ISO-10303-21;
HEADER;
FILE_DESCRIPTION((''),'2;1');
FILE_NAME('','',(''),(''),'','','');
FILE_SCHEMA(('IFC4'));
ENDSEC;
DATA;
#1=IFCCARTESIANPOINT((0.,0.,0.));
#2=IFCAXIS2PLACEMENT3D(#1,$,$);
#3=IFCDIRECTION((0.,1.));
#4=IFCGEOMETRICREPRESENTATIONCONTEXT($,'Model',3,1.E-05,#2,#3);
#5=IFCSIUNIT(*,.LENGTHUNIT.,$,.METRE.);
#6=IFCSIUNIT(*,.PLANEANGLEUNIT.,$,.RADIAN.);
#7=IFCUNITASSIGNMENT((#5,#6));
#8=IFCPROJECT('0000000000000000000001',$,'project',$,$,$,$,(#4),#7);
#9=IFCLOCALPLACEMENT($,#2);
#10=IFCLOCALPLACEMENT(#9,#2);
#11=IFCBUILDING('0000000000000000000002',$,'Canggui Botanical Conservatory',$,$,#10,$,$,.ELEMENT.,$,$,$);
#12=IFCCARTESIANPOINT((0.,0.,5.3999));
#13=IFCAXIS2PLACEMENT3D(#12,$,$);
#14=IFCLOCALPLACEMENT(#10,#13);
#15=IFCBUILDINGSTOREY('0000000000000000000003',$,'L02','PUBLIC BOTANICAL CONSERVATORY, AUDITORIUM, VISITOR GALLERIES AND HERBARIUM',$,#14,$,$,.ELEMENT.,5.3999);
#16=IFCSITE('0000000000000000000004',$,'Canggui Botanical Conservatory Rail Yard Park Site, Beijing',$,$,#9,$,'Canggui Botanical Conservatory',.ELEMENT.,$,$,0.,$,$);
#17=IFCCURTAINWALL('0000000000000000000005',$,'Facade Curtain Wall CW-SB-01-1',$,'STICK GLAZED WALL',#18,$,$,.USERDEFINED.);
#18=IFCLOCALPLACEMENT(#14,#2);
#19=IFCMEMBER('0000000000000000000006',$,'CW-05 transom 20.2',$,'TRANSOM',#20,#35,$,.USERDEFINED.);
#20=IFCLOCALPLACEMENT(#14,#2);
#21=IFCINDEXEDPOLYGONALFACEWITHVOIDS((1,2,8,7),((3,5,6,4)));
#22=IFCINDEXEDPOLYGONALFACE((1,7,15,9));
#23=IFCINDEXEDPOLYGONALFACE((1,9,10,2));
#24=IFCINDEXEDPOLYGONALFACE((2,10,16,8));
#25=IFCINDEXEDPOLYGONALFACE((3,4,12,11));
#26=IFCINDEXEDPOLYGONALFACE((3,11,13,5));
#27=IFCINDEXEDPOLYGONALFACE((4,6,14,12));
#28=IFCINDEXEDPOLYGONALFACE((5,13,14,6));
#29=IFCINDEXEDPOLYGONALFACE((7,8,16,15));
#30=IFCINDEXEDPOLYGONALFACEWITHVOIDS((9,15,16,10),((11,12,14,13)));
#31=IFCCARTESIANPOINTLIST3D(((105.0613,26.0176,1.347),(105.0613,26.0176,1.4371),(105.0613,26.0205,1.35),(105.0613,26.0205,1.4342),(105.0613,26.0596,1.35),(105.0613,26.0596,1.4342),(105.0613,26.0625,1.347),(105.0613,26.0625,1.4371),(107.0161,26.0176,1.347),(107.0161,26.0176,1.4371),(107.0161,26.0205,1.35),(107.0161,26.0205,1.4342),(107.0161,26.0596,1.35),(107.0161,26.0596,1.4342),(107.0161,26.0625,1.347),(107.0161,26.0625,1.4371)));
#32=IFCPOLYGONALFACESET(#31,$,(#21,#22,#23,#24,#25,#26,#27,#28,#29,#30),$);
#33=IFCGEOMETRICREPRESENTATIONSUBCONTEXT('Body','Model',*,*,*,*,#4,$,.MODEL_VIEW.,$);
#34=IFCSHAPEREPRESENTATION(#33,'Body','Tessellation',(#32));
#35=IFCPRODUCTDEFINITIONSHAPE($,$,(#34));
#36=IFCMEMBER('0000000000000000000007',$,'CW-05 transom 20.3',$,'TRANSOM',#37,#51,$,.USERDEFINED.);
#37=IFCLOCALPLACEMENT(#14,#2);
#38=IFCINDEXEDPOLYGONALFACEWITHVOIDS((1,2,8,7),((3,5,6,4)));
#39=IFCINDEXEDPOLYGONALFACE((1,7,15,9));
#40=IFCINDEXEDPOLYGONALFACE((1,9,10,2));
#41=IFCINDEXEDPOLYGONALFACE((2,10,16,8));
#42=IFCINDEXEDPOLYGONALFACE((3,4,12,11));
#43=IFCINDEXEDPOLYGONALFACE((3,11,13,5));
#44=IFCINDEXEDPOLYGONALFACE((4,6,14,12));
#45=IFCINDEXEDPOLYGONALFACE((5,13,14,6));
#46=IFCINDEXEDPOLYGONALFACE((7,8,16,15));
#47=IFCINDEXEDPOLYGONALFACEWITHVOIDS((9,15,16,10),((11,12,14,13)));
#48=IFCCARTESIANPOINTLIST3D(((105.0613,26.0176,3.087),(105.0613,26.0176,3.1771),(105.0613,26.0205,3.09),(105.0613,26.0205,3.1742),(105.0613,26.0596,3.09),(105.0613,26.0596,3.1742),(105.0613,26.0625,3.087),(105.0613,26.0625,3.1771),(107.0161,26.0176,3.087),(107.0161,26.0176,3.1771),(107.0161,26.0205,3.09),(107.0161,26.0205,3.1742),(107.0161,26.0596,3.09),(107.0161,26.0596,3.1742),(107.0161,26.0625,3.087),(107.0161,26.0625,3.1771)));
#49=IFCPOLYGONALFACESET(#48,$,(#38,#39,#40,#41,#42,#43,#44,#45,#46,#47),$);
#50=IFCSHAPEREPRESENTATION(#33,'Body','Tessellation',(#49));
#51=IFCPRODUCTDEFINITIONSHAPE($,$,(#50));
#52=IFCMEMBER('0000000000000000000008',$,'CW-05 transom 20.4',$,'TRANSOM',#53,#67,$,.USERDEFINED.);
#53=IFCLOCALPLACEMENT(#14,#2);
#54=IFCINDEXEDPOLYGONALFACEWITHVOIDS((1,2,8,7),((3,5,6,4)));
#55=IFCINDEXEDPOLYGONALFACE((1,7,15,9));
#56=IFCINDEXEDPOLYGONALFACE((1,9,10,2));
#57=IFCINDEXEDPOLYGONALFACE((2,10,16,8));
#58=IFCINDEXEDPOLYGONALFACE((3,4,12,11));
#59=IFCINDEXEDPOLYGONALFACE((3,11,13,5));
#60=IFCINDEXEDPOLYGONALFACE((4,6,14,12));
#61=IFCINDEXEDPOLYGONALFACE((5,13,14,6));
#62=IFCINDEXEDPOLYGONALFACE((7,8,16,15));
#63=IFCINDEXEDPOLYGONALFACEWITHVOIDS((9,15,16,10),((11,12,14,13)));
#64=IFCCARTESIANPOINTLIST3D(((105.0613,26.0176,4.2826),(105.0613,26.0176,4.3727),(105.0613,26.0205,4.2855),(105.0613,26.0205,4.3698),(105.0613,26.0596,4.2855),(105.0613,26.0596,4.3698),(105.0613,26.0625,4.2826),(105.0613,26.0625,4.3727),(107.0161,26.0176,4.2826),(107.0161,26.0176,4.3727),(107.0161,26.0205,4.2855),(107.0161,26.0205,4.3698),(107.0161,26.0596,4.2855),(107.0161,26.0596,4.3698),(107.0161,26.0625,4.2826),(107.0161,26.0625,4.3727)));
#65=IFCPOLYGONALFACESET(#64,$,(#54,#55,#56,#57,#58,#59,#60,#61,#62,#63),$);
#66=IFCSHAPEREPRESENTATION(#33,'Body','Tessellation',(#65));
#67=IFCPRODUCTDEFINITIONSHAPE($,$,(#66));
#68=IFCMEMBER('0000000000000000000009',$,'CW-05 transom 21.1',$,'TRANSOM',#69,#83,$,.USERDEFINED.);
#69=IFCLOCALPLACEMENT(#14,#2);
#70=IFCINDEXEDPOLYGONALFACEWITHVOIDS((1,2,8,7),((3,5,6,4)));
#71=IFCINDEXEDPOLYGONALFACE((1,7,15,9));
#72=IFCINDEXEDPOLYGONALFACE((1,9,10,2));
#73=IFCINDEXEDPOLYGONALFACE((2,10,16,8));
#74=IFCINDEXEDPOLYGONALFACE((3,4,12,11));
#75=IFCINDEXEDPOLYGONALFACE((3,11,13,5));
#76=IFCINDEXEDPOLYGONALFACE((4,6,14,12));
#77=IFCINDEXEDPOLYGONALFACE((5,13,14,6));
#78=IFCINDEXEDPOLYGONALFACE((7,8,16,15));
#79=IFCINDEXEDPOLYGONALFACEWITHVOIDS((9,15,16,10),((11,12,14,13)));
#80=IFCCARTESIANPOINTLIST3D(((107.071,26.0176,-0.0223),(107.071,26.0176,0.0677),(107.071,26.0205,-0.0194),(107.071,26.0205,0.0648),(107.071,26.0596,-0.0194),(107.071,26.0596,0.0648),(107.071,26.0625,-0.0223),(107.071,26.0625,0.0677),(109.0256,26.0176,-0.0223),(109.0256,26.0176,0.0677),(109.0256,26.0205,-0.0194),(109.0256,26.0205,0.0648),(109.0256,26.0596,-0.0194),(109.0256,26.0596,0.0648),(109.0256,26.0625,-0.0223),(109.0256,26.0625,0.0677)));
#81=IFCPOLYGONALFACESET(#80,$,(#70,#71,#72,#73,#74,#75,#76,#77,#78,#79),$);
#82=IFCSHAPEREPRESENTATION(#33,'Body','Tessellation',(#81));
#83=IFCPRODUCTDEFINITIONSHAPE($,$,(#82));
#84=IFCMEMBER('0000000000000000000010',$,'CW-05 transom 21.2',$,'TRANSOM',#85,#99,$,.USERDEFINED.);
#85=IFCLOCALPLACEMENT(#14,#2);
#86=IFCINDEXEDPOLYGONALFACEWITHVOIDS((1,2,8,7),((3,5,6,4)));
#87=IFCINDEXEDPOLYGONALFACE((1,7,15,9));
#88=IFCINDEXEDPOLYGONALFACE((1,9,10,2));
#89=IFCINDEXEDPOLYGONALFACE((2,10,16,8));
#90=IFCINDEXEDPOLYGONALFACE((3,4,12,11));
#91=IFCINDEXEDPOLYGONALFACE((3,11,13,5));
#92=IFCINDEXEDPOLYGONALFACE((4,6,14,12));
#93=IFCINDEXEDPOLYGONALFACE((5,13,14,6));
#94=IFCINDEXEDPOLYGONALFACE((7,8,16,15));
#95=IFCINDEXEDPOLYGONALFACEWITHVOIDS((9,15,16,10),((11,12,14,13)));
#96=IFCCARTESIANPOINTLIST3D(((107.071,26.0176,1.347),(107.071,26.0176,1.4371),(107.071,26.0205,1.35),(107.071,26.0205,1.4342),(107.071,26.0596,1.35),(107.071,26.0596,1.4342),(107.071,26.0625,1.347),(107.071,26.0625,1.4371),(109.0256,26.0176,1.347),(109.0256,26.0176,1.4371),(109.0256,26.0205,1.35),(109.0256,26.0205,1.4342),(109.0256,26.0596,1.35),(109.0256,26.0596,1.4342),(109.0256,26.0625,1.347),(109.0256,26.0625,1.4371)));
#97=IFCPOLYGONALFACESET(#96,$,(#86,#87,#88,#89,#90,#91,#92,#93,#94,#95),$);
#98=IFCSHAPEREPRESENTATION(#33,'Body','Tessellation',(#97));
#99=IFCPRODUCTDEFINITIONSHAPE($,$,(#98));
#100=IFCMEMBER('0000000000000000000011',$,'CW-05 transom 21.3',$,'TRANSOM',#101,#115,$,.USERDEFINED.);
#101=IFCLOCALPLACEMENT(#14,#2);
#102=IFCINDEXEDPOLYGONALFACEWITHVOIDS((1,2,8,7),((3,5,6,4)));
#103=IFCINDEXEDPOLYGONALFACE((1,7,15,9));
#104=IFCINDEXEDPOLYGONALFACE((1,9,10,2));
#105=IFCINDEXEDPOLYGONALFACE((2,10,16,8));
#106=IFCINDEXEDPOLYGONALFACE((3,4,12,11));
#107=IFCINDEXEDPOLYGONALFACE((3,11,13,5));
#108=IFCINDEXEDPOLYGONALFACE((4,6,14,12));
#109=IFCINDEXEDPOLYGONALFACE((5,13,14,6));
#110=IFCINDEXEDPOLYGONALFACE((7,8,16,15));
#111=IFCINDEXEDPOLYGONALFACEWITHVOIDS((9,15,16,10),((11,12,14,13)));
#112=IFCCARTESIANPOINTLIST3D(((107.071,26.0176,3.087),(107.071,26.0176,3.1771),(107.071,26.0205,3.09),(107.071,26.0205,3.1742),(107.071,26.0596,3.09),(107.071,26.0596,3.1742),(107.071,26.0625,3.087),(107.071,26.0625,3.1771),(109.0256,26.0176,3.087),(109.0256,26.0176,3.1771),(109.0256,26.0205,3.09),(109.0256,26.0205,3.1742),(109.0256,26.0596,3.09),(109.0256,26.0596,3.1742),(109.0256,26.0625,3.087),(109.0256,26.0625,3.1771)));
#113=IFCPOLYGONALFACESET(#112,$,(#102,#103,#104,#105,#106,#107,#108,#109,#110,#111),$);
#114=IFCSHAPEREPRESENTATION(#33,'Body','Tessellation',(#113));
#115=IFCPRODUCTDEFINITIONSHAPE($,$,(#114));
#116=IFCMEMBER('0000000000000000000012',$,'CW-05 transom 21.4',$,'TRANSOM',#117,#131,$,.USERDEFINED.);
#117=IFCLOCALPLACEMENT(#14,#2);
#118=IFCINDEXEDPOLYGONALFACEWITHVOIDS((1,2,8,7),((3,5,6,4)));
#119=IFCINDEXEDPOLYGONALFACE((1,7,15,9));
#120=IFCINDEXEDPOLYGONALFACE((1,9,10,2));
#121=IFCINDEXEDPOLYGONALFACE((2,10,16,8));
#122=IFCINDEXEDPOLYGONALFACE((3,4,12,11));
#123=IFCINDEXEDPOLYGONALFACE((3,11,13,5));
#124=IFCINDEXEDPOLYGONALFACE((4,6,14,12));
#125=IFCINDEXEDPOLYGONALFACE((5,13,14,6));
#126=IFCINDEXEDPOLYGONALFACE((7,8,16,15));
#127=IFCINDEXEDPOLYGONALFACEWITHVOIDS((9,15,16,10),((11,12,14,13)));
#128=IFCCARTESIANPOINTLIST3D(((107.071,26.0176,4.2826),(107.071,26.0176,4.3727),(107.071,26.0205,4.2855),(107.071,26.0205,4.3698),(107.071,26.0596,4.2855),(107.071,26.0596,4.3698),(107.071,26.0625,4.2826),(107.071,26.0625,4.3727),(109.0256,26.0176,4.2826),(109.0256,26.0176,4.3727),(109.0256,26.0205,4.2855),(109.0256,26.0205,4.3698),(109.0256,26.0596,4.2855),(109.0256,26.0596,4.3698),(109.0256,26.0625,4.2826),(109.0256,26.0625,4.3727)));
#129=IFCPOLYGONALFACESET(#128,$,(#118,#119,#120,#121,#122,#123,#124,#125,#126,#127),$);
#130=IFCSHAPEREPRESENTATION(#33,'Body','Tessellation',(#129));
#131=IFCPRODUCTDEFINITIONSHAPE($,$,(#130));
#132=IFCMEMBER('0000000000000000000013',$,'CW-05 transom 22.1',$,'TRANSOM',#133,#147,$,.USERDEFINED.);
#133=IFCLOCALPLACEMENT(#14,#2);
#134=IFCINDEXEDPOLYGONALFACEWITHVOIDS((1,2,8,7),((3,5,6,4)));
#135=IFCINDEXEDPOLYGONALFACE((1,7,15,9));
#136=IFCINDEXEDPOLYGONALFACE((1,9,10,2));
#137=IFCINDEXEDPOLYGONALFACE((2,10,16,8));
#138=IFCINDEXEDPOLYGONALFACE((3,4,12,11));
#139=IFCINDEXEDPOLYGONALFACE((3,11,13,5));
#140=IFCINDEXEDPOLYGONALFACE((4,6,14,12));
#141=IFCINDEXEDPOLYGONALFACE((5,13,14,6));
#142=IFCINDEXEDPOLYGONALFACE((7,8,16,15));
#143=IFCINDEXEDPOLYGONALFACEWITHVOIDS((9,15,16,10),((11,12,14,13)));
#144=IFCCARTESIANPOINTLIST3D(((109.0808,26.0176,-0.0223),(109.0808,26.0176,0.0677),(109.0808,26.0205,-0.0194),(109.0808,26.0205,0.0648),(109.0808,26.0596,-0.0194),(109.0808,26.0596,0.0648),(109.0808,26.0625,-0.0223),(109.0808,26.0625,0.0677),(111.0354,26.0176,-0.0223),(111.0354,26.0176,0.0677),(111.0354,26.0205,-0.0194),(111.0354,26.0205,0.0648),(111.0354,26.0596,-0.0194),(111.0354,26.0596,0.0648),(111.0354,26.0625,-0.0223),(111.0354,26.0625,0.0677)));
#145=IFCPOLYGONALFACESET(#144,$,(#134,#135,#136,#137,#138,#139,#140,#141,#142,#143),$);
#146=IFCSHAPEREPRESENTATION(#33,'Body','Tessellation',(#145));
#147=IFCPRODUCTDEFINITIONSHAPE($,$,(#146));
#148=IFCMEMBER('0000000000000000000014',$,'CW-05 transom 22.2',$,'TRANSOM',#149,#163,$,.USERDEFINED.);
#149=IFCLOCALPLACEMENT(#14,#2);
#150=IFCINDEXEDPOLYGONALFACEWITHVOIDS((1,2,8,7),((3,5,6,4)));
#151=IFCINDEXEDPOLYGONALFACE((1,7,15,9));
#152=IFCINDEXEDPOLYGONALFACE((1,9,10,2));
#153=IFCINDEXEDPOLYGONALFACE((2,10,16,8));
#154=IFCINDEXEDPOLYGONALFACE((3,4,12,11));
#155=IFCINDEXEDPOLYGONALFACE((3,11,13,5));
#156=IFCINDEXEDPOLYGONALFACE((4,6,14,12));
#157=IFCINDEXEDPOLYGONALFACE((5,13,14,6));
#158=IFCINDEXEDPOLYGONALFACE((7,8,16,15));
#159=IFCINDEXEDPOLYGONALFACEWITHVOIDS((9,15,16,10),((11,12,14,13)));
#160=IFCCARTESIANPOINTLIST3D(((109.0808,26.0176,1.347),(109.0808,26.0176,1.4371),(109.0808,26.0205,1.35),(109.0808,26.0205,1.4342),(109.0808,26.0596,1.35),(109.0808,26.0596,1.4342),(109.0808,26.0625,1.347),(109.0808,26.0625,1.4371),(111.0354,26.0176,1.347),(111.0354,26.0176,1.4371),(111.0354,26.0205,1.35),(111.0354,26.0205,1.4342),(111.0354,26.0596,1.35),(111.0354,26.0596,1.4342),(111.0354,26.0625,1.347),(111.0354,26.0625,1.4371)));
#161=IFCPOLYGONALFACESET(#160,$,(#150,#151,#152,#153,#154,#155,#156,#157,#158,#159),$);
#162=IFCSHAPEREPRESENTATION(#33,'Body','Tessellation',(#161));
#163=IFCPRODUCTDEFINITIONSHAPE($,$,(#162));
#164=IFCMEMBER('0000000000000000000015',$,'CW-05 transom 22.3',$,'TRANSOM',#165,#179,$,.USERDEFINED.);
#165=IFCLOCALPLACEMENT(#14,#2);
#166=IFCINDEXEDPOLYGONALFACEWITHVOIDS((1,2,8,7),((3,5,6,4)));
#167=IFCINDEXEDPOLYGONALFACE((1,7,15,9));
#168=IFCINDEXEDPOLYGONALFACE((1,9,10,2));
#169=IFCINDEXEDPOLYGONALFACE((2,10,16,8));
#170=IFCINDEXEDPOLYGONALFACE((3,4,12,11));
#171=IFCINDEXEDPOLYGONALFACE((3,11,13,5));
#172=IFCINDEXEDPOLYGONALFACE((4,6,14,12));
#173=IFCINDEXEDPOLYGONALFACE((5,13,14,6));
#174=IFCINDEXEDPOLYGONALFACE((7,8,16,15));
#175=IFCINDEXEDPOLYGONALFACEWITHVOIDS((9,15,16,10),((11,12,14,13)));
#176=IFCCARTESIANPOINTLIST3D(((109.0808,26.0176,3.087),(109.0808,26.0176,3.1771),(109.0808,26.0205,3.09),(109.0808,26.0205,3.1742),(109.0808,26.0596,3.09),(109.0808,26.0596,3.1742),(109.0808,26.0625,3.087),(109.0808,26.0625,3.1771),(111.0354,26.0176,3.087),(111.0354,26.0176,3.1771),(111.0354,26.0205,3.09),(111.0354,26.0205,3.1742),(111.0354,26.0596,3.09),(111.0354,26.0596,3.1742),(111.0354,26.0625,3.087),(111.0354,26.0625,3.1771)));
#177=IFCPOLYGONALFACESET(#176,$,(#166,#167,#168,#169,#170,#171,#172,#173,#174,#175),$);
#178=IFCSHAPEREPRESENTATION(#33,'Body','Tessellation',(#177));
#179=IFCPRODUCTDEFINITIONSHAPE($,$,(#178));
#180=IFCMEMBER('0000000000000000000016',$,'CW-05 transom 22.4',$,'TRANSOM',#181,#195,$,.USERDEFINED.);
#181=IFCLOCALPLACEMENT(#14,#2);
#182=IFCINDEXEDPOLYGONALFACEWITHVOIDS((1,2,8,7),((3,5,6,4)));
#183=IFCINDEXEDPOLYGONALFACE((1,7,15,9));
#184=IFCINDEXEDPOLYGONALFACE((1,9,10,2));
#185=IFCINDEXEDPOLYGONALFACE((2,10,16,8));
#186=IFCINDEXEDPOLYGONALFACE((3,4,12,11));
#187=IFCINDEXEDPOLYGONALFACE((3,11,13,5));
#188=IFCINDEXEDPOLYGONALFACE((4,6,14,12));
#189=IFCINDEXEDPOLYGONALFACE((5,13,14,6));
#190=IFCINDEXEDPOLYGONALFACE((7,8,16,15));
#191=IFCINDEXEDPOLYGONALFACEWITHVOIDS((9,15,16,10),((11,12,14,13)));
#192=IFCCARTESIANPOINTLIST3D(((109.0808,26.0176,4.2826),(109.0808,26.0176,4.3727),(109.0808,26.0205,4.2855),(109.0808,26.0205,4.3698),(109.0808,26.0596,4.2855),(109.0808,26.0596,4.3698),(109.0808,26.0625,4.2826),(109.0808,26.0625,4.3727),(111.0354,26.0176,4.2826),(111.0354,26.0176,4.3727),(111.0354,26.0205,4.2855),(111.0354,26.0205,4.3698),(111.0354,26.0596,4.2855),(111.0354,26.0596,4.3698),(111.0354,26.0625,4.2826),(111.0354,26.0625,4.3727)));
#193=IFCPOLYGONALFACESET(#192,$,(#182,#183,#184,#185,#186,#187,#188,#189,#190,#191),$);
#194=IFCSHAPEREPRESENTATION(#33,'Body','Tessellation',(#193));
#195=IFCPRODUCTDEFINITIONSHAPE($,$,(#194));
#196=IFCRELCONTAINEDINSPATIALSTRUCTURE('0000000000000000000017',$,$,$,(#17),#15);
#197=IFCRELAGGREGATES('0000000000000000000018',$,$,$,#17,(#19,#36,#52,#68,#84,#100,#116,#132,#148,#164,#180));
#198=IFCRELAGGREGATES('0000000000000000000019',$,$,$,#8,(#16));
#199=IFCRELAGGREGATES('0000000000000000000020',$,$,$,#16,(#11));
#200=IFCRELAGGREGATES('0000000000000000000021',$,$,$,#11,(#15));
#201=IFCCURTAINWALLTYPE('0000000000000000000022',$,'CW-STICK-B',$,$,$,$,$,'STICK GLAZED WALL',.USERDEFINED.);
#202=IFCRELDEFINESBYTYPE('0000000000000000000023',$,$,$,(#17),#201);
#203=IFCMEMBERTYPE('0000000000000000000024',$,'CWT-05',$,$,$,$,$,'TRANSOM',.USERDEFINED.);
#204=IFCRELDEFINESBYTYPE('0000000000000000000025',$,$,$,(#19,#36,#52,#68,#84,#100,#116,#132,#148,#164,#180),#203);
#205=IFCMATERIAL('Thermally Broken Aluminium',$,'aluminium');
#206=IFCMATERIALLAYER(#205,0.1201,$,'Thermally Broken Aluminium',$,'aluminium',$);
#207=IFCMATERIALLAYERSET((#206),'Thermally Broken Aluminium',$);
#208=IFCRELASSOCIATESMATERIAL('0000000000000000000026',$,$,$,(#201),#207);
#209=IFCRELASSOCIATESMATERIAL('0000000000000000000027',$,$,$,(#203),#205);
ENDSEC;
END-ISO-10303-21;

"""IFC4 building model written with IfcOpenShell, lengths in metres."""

from ifc_helpers import new_model, si_unit, direction, frame, origin, origin_2d, place, context, subcontext, project, spatial, hollow_rectangle, extrude, material, layer, layer_set, material_profile, profile_set, type_object, element, aggregate, save


model = new_model("IFC4")

# Units and contexts
model_context = context("Model", 3, precision=1e-05, world=origin(), true_north=direction((0.0, 1.0)))
body_context = subcontext(model_context, "Body", "Model", "MODEL_VIEW")
ifc_project = project(units=[si_unit("LENGTHUNIT", "METRE"), si_unit("PLANEANGLEUNIT", "RADIAN")], contexts=[model_context])

# Site, building, storey
site_placement = place(None, origin())
site = spatial("IfcSite", under=ifc_project, at=site_placement, Name="Canggui Botanical Conservatory Rail Yard Park Site, Beijing", LongName="Canggui Botanical Conservatory", CompositionType="ELEMENT", RefElevation=0.0)
building_placement = place(site_placement, origin())
building = spatial("IfcBuilding", under=site, at=building_placement, Name="Canggui Botanical Conservatory", CompositionType="ELEMENT")
storey_placement = place(building_placement, frame((0.0, 0.0, 5.3999)))
storey = spatial("IfcBuildingStorey", under=building, at=storey_placement, Name="L02", Description="PUBLIC BOTANICAL CONSERVATORY, AUDITORIUM, VISITOR GALLERIES AND HERBARIUM", CompositionType="ELEMENT", Elevation=5.3999)

# Curtain wall, members
ifc_material_1 = material(Name="Thermally Broken Aluminium", Category="aluminium")
ifc_layer_1 = layer(ifc_material_1, 0.1201, Name="Thermally Broken Aluminium", Category="aluminium")
ifc_layer_set_1 = layer_set([ifc_layer_1], Name="Thermally Broken Aluminium")
curtain_wall_type = type_object("IfcCurtainWallType", Name="CW-STICK-B", ElementType="STICK GLAZED WALL", PredefinedType="USERDEFINED", material=ifc_layer_set_1)
curtain_wall_placement = place(storey_placement, origin())
curtain_wall = element("IfcCurtainWall", 1, at=curtain_wall_placement, inside=storey, type_object=curtain_wall_type, Name="Facade Curtain Wall CW-SB-01-1", ObjectType="STICK GLAZED WALL", PredefinedType="USERDEFINED")
ifc_material_profile_1 = material_profile(ifc_material_1, hollow_rectangle(XDim=0.0449, YDim=0.0901, WallThickness=0.0029, at=origin_2d()), Name="CWT 45x90x3")
ifc_profile_set_1 = profile_set([ifc_material_profile_1], Name="Thermally Broken Aluminium")
member_type_1 = type_object("IfcMemberType", Name="CWT-05", ElementType="TRANSOM", PredefinedType="USERDEFINED", material=ifc_profile_set_1)
member_1_placement = place(storey_placement, frame((105.0613, 26.04, 1.3921), z_axis=(1.0, 0.0, 0.0), x_axis=(0.0, 1.0, 0.0)))
member_1 = element("IfcMember", 2, at=member_1_placement, type_object=member_type_1, Name="CW-05 transom 20.2", ObjectType="TRANSOM", PredefinedType="USERDEFINED", context=body_context, shape_type="SweptSolid", body=[
    extrude(hollow_rectangle(XDim=0.0449, YDim=0.0901, WallThickness=0.0029, at=origin_2d()), origin(), (0.0, 0.0, 1.0), 1.9548),
])
member_2_placement = place(storey_placement, frame((105.0613, 26.04, 3.1321), z_axis=(1.0, 0.0, 0.0), x_axis=(0.0, 1.0, 0.0)))
member_2 = element("IfcMember", 3, at=member_2_placement, type_object=member_type_1, Name="CW-05 transom 20.3", ObjectType="TRANSOM", PredefinedType="USERDEFINED", context=body_context, shape_type="SweptSolid", body=[
    extrude(hollow_rectangle(XDim=0.0449, YDim=0.0901, WallThickness=0.0029, at=origin_2d()), origin(), (0.0, 0.0, 1.0), 1.9548),
])
member_3_placement = place(storey_placement, frame((105.0613, 26.04, 4.3276), z_axis=(1.0, 0.0, 0.0), x_axis=(0.0, 1.0, 0.0)))
member_3 = element("IfcMember", 4, at=member_3_placement, type_object=member_type_1, Name="CW-05 transom 20.4", ObjectType="TRANSOM", PredefinedType="USERDEFINED", context=body_context, shape_type="SweptSolid", body=[
    extrude(hollow_rectangle(XDim=0.0449, YDim=0.0901, WallThickness=0.0029, at=origin_2d()), origin(), (0.0, 0.0, 1.0), 1.9548),
])
member_4_placement = place(storey_placement, frame((107.071, 26.04, 0.0227), z_axis=(1.0, 0.0, 0.0), x_axis=(0.0, 1.0, 0.0)))
member_4 = element("IfcMember", 5, at=member_4_placement, type_object=member_type_1, Name="CW-05 transom 21.1", ObjectType="TRANSOM", PredefinedType="USERDEFINED", context=body_context, shape_type="SweptSolid", body=[
    extrude(hollow_rectangle(XDim=0.0449, YDim=0.0901, WallThickness=0.0029, at=origin_2d()), origin(), (0.0, 0.0, 1.0), 1.9546),
])
member_5_placement = place(storey_placement, frame((107.071, 26.04, 1.3921), z_axis=(1.0, 0.0, 0.0), x_axis=(0.0, 1.0, 0.0)))
member_5 = element("IfcMember", 6, at=member_5_placement, type_object=member_type_1, Name="CW-05 transom 21.2", ObjectType="TRANSOM", PredefinedType="USERDEFINED", context=body_context, shape_type="SweptSolid", body=[
    extrude(hollow_rectangle(XDim=0.0449, YDim=0.0901, WallThickness=0.0029, at=origin_2d()), origin(), (0.0, 0.0, 1.0), 1.9546),
])
member_6_placement = place(storey_placement, frame((107.071, 26.04, 3.1321), z_axis=(1.0, 0.0, 0.0), x_axis=(0.0, 1.0, 0.0)))
member_6 = element("IfcMember", 7, at=member_6_placement, type_object=member_type_1, Name="CW-05 transom 21.3", ObjectType="TRANSOM", PredefinedType="USERDEFINED", context=body_context, shape_type="SweptSolid", body=[
    extrude(hollow_rectangle(XDim=0.0449, YDim=0.0901, WallThickness=0.0029, at=origin_2d()), origin(), (0.0, 0.0, 1.0), 1.9546),
])
member_7_placement = place(storey_placement, frame((107.071, 26.04, 4.3276), z_axis=(1.0, 0.0, 0.0), x_axis=(0.0, 1.0, 0.0)))
member_7 = element("IfcMember", 8, at=member_7_placement, type_object=member_type_1, Name="CW-05 transom 21.4", ObjectType="TRANSOM", PredefinedType="USERDEFINED", context=body_context, shape_type="SweptSolid", body=[
    extrude(hollow_rectangle(XDim=0.0449, YDim=0.0901, WallThickness=0.0029, at=origin_2d()), origin(), (0.0, 0.0, 1.0), 1.9546),
])
member_8_placement = place(storey_placement, frame((109.0808, 26.04, 0.0227), z_axis=(1.0, 0.0, 0.0), x_axis=(0.0, 1.0, 0.0)))
member_8 = element("IfcMember", 9, at=member_8_placement, type_object=member_type_1, Name="CW-05 transom 22.1", ObjectType="TRANSOM", PredefinedType="USERDEFINED", context=body_context, shape_type="SweptSolid", body=[
    extrude(hollow_rectangle(XDim=0.0449, YDim=0.0901, WallThickness=0.0029, at=origin_2d()), origin(), (0.0, 0.0, 1.0), 1.9546),
])
member_9_placement = place(storey_placement, frame((109.0808, 26.04, 1.3921), z_axis=(1.0, 0.0, 0.0), x_axis=(0.0, 1.0, 0.0)))
member_9 = element("IfcMember", 10, at=member_9_placement, type_object=member_type_1, Name="CW-05 transom 22.2", ObjectType="TRANSOM", PredefinedType="USERDEFINED", context=body_context, shape_type="SweptSolid", body=[
    extrude(hollow_rectangle(XDim=0.0449, YDim=0.0901, WallThickness=0.0029, at=origin_2d()), origin(), (0.0, 0.0, 1.0), 1.9546),
])
member_10_placement = place(storey_placement, frame((109.0808, 26.04, 3.1321), z_axis=(1.0, 0.0, 0.0), x_axis=(0.0, 1.0, 0.0)))
member_10 = element("IfcMember", 11, at=member_10_placement, type_object=member_type_1, Name="CW-05 transom 22.3", ObjectType="TRANSOM", PredefinedType="USERDEFINED", context=body_context, shape_type="SweptSolid", body=[
    extrude(hollow_rectangle(XDim=0.0449, YDim=0.0901, WallThickness=0.0029, at=origin_2d()), origin(), (0.0, 0.0, 1.0), 1.9546),
])
member_11_placement = place(storey_placement, frame((109.0808, 26.04, 4.3276), z_axis=(1.0, 0.0, 0.0), x_axis=(0.0, 1.0, 0.0)))
member_11 = element("IfcMember", 12, at=member_11_placement, type_object=member_type_1, Name="CW-05 transom 22.4", ObjectType="TRANSOM", PredefinedType="USERDEFINED", context=body_context, shape_type="SweptSolid", body=[
    extrude(hollow_rectangle(XDim=0.0449, YDim=0.0901, WallThickness=0.0029, at=origin_2d()), origin(), (0.0, 0.0, 1.0), 1.9546),
])

aggregate(curtain_wall, [member_1, member_2, member_3, member_4, member_5, member_6, member_7, member_8, member_9, member_10, member_11])

save(model, "model.ifc")
